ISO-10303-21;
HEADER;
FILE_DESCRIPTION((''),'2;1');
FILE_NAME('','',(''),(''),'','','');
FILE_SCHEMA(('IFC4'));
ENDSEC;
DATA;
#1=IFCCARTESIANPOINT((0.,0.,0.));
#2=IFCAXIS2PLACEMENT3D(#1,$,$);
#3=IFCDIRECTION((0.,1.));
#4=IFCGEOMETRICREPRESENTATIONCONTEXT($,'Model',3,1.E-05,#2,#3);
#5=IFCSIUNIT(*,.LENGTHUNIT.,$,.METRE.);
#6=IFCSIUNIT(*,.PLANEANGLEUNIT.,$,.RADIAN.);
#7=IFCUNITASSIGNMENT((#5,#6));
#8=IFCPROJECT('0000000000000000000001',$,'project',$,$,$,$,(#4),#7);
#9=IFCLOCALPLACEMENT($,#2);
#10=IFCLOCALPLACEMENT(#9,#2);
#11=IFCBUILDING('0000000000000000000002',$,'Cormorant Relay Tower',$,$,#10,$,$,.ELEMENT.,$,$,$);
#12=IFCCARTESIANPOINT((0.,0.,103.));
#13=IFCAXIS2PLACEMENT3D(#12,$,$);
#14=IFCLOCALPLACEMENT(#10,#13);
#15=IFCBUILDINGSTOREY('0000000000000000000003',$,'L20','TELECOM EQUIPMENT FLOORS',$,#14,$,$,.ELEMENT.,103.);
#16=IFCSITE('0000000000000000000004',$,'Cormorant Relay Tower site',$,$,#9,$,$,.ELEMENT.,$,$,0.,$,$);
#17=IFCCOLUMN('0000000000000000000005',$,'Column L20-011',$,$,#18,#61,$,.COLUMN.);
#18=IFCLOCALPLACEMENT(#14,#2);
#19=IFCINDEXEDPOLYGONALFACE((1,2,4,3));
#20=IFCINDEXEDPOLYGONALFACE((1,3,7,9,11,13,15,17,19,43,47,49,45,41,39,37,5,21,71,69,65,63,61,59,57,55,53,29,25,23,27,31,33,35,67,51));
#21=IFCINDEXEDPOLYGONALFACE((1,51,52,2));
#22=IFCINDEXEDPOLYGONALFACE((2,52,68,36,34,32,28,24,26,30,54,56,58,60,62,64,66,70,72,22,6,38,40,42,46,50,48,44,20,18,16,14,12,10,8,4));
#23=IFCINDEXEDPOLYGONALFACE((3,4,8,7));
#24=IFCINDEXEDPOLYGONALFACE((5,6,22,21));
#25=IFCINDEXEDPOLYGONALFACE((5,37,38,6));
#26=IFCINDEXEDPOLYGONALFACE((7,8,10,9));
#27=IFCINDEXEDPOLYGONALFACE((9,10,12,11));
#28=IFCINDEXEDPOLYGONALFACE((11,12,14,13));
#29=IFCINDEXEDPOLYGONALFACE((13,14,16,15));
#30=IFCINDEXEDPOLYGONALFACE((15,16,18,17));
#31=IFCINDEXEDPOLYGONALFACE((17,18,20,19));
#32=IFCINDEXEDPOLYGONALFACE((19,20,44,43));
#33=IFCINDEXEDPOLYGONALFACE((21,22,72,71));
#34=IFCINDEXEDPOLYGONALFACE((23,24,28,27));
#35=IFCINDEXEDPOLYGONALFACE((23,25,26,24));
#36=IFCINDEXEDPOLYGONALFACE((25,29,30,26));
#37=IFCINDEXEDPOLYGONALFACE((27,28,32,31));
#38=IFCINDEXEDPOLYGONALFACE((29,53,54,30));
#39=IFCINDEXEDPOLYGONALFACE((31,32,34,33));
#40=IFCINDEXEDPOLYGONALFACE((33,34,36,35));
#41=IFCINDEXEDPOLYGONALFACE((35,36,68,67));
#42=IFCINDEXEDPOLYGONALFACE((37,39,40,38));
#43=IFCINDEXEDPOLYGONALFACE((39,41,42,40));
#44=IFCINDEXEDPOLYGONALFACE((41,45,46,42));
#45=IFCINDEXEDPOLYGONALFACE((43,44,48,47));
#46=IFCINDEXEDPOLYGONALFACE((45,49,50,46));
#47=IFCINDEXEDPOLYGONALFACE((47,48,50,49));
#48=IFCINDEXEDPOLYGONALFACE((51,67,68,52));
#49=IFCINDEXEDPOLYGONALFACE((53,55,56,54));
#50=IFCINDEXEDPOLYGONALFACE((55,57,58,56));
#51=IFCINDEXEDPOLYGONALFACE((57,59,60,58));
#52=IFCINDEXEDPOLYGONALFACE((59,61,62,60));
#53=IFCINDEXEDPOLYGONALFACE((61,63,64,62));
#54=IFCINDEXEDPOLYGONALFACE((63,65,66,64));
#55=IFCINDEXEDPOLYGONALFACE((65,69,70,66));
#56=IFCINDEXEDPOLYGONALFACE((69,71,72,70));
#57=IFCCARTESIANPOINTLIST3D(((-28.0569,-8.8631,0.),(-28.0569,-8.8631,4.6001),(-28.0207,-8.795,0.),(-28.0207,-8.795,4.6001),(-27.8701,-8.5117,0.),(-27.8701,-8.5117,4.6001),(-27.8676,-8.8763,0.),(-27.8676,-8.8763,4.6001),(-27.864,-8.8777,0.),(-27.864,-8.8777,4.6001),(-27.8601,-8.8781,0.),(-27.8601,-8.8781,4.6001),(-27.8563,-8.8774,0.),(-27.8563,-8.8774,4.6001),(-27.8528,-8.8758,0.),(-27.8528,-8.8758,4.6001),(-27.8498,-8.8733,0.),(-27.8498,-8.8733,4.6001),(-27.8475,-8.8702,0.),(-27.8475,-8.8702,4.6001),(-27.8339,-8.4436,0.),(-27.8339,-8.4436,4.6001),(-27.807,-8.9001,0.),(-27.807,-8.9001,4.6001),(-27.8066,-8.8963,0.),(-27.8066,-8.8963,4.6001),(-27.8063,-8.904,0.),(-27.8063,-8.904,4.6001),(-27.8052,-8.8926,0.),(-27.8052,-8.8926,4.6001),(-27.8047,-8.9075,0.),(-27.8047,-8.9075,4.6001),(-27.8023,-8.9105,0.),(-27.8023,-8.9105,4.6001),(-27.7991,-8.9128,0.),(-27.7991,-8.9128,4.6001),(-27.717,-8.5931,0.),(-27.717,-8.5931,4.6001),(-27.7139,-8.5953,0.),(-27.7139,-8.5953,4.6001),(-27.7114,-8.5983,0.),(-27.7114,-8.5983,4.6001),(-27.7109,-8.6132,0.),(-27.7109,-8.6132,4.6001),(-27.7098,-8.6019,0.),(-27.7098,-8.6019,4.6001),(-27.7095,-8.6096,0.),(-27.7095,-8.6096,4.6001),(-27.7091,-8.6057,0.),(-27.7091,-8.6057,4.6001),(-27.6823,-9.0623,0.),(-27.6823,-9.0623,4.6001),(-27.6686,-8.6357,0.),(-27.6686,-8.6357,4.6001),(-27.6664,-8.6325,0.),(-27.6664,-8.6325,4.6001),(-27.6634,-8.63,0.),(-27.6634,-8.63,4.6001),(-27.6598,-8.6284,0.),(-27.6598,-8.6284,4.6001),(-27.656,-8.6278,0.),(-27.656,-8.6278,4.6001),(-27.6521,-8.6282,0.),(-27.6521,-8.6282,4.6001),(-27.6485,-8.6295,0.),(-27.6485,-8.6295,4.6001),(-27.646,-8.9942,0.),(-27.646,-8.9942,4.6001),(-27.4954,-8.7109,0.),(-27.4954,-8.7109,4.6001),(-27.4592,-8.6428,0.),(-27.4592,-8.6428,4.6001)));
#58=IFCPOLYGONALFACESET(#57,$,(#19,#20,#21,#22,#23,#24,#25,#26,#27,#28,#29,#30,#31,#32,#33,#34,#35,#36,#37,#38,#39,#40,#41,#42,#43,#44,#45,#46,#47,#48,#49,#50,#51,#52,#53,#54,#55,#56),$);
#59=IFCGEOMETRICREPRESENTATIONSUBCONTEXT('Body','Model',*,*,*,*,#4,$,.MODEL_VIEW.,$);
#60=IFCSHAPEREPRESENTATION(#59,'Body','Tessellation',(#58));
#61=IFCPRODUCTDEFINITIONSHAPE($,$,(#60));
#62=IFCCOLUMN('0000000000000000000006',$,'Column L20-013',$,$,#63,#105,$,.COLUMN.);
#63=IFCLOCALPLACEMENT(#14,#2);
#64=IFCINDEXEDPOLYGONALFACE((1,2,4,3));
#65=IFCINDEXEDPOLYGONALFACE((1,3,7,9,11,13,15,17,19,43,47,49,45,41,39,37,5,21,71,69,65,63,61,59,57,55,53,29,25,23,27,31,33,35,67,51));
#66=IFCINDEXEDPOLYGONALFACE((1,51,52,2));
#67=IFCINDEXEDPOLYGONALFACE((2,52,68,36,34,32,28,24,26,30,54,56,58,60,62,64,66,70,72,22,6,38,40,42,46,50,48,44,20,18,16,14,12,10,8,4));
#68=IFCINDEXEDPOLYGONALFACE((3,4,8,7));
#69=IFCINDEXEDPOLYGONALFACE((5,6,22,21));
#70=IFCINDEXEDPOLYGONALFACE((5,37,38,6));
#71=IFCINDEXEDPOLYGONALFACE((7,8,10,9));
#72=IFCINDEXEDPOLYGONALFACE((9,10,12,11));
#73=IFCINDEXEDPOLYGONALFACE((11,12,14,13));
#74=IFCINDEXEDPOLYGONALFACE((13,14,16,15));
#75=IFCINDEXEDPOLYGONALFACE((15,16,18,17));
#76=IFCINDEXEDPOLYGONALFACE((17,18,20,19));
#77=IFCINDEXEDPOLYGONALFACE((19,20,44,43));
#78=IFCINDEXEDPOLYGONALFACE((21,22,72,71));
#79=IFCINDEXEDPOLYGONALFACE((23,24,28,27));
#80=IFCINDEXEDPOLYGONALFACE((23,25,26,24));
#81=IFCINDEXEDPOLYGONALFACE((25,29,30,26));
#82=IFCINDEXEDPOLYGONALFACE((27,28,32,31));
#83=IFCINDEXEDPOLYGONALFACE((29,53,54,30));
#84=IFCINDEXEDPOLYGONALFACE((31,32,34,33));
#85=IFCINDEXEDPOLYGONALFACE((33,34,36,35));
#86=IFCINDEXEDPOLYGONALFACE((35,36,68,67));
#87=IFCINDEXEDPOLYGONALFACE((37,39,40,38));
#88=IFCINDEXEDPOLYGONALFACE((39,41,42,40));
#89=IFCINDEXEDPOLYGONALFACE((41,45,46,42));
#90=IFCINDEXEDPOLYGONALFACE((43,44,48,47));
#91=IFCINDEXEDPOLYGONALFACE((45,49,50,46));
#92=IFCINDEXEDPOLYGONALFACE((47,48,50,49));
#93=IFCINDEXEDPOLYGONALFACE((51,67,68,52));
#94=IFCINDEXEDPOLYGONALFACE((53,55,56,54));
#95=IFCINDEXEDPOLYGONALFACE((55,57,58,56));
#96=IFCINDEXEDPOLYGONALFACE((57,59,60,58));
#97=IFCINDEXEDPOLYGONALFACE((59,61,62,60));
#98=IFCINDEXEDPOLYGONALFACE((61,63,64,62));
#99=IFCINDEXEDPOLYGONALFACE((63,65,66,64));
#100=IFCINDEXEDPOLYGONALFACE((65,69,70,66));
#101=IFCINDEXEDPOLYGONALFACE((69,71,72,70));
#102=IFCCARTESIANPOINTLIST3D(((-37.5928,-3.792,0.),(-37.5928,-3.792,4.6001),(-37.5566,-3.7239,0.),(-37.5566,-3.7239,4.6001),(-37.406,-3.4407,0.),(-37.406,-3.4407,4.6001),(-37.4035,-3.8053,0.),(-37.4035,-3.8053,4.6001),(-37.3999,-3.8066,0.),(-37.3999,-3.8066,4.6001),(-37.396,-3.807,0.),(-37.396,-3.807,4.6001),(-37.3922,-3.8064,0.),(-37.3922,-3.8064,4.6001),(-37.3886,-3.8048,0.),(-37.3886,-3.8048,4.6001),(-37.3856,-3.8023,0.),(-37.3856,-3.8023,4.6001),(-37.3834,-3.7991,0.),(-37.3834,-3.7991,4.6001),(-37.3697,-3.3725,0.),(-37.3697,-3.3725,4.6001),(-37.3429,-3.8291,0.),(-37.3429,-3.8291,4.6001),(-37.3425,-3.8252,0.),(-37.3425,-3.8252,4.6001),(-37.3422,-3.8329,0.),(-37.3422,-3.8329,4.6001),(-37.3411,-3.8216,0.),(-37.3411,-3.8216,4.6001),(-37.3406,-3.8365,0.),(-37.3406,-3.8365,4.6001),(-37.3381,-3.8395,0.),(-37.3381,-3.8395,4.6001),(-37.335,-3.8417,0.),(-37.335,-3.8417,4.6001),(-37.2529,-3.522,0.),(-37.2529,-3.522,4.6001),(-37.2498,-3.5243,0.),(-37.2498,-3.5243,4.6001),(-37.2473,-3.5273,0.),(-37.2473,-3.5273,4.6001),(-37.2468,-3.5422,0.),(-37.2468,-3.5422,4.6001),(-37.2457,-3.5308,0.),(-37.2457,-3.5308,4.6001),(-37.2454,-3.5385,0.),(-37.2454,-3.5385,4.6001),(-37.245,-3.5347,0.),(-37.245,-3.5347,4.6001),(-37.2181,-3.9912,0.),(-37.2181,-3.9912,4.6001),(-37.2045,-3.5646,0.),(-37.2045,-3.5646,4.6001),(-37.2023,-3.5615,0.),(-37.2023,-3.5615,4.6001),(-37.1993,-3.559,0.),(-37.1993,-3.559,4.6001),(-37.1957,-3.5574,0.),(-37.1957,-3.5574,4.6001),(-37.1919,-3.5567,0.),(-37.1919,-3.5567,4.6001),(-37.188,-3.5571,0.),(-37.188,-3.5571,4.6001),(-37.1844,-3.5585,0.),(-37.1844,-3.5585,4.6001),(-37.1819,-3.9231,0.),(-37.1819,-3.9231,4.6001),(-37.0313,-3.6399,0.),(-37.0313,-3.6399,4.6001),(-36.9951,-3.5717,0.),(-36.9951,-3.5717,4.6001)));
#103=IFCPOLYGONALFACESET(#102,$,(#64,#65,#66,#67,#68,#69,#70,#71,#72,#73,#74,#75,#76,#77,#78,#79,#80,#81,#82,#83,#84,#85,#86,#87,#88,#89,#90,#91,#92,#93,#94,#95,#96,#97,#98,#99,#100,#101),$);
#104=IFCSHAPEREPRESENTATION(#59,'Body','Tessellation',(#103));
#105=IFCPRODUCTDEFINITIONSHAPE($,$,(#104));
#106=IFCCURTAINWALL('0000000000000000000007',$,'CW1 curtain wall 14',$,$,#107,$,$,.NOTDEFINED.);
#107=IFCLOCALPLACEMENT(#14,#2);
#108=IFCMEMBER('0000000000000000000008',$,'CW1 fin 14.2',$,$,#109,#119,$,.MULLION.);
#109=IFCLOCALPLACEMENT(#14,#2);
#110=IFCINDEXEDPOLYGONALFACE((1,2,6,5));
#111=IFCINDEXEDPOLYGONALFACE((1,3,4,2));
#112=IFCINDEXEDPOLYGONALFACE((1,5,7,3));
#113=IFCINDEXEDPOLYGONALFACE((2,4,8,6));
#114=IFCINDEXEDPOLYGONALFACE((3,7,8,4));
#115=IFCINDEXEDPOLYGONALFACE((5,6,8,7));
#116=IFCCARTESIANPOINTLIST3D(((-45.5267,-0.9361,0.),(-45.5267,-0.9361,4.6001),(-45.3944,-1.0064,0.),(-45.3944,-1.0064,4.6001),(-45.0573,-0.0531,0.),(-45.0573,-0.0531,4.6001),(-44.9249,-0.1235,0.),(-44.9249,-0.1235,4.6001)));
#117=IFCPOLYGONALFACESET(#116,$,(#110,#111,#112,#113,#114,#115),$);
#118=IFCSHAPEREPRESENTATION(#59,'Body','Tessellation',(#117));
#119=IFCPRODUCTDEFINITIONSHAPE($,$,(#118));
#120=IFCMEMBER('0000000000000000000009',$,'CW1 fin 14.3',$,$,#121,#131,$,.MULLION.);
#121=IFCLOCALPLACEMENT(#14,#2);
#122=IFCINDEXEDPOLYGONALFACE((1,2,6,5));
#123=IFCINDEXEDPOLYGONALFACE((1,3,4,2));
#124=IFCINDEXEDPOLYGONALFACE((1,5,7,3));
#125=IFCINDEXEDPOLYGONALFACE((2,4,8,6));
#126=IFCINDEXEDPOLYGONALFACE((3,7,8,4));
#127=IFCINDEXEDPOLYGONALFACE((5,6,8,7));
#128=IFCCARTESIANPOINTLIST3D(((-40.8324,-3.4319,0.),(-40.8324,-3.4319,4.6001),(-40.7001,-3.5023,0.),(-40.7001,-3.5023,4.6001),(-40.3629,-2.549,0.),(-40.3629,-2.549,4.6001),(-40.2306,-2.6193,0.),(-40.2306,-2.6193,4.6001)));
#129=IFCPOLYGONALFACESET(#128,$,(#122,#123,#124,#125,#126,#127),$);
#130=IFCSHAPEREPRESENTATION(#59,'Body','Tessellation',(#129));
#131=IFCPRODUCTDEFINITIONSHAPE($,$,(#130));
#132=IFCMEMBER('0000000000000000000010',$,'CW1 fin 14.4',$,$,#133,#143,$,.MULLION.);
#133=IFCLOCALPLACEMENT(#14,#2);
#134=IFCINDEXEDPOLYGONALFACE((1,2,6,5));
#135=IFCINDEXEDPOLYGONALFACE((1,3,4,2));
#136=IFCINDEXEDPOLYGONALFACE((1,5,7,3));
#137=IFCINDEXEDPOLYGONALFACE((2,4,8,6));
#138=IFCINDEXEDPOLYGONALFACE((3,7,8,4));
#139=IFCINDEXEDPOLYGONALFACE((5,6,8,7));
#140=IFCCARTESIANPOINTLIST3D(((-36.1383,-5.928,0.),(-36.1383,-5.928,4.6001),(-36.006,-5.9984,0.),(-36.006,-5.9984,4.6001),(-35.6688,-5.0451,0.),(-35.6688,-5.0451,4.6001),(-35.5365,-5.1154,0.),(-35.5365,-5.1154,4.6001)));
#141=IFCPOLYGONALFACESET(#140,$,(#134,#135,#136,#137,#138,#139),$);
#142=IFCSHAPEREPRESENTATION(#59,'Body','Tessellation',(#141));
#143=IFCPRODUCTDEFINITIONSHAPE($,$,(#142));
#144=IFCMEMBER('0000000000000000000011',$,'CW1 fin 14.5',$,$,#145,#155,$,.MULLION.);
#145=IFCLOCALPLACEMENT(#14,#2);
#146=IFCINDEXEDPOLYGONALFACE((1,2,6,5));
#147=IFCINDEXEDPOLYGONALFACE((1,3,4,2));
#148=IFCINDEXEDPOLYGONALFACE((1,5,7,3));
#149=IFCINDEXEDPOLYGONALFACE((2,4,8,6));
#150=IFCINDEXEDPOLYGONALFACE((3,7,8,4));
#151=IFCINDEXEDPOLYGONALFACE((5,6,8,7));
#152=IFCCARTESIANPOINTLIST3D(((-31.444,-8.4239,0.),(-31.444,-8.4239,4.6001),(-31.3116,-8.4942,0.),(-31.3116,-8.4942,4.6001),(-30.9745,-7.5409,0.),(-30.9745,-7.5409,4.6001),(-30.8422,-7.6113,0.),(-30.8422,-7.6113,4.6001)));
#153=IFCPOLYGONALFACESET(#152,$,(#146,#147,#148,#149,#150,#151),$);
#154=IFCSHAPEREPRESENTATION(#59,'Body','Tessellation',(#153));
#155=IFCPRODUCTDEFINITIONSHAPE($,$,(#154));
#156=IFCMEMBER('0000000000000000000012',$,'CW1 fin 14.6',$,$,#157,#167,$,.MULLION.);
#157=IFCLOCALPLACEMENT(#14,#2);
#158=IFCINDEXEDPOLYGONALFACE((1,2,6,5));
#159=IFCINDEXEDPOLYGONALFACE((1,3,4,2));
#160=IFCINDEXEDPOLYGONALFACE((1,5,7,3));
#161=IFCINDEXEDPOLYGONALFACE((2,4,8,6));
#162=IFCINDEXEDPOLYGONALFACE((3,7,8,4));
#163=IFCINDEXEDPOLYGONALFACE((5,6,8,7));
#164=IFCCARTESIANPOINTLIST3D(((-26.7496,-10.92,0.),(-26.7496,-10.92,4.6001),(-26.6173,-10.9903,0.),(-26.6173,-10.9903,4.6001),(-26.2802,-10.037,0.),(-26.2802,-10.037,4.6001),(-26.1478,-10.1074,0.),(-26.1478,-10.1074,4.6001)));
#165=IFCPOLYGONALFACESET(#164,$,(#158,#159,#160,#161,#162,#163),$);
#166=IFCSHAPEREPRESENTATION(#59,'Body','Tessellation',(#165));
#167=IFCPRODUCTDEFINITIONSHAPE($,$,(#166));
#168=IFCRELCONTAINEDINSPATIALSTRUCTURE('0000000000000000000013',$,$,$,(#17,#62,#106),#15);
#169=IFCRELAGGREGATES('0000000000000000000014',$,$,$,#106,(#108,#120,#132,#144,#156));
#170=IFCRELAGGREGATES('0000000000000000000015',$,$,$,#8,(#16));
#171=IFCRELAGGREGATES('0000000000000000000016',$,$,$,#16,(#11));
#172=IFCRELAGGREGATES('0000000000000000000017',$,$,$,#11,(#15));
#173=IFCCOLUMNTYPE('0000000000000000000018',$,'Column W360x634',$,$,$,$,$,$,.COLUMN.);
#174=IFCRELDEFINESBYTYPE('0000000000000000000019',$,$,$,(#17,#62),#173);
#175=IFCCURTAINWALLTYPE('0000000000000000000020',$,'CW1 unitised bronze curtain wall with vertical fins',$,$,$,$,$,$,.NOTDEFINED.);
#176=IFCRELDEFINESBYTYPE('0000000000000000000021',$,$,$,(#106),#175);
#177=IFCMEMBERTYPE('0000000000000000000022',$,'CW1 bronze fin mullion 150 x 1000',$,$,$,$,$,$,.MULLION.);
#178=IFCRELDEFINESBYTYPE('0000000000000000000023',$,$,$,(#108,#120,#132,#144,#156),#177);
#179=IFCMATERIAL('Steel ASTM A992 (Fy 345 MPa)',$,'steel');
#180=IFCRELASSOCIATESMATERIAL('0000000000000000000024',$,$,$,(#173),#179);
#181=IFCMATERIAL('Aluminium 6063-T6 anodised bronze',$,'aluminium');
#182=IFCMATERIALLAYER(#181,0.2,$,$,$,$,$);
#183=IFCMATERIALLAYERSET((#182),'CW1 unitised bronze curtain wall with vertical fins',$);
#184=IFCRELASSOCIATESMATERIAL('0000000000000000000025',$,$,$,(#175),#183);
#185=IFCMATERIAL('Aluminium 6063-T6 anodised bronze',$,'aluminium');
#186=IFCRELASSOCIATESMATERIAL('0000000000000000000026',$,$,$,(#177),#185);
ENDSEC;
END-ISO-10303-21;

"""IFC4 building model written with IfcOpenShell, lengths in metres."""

from ifc_helpers import new_model, si_unit, direction, frame, origin, origin_2d, place, context, subcontext, project, spatial, rectangle, i_section, extrude, material, layer, layer_set, material_profile, profile_set, type_object, element, aggregate, save


model = new_model("IFC4")

# Units and contexts
model_context = context("Model", 3, precision=1e-05, world=origin(), true_north=direction((0.0, 1.0)))
body_context = subcontext(model_context, "Body", "Model", "MODEL_VIEW")
ifc_project = project(units=[si_unit("LENGTHUNIT", "METRE"), si_unit("PLANEANGLEUNIT", "RADIAN")], contexts=[model_context])

# Site, building, storey
site_placement = place(None, origin())
site = spatial("IfcSite", under=ifc_project, at=site_placement, Name="Cormorant Relay Tower site", CompositionType="ELEMENT", RefElevation=0.0)
building_placement = place(site_placement, origin())
building = spatial("IfcBuilding", under=site, at=building_placement, Name="Cormorant Relay Tower", CompositionType="ELEMENT")
storey_placement = place(building_placement, frame((0.0, 0.0, 103.0)))
storey = spatial("IfcBuildingStorey", under=building, at=storey_placement, Name="L20", Description="TELECOM EQUIPMENT FLOORS", CompositionType="ELEMENT", Elevation=103.0)

# Columns
ifc_material_1 = material(Name="Steel ASTM A992 (Fy 345 MPa)", Category="steel")
ifc_material_profile_1 = material_profile(ifc_material_1, i_section(OverallWidth=0.4243, OverallDepth=0.4751, WebThickness=0.0479, FlangeThickness=0.0771, FilletRadius=0.0149, at=origin_2d()), Name="W360x634")
ifc_profile_set_1 = profile_set([ifc_material_profile_1], Name="Steel ASTM A992 (Fy 345 MPa)")
column_type = type_object("IfcColumnType", Name="Column W360x634", PredefinedType="COLUMN", material=ifc_profile_set_1)
for number, where, z_axis, x_axis, name in (
    (1, (-27.7581, -8.7529, 0.0), (0.0, 0.0, 1.0), (0.882948, -0.469472, 0.0), "Column L20-011"),
    (2, (-37.2939, -3.6819, 0.0), (0.0, 0.0, 1.0), (0.882948, -0.469472, 0.0), "Column L20-013"),
):
    element("IfcColumn", number, at=place(storey_placement, frame(where, z_axis=z_axis, x_axis=x_axis)), inside=storey, type_object=column_type, Name=name, PredefinedType="COLUMN", context=body_context, shape_type="SweptSolid", body=[
        extrude(i_section(OverallWidth=0.4243, OverallDepth=0.4751, WebThickness=0.0479, FlangeThickness=0.0771, FilletRadius=0.0149, at=origin_2d()), origin(), (0.0, 0.0, 1.0), 4.6001),
    ])

# Curtain wall, members
ifc_material_2 = material(Name="Aluminium 6063-T6 anodised bronze", Category="aluminium")
ifc_layer_1 = layer(ifc_material_2, 0.2)
ifc_layer_set_1 = layer_set([ifc_layer_1], Name="CW1 unitised bronze curtain wall with vertical fins")
curtain_wall_type = type_object("IfcCurtainWallType", Name="CW1 unitised bronze curtain wall with vertical fins", PredefinedType="NOTDEFINED", material=ifc_layer_set_1)
curtain_wall_placement = place(storey_placement, origin())
curtain_wall = element("IfcCurtainWall", 3, at=curtain_wall_placement, inside=storey, type_object=curtain_wall_type, Name="CW1 curtain wall 14", PredefinedType="NOTDEFINED")
ifc_material_3 = material(Name="Aluminium 6063-T6 anodised bronze", Category="aluminium")
ifc_material_profile_2 = material_profile(ifc_material_3, rectangle(XDim=0.1499, YDim=1.0, at=origin_2d()), Name="AL 150x1000")
ifc_profile_set_2 = profile_set([ifc_material_profile_2], Name="Aluminium 6063-T6 anodised bronze")
member_type = type_object("IfcMemberType", Name="CW1 bronze fin mullion 150 x 1000", PredefinedType="MULLION", material=ifc_profile_set_2)
member_1_placement = place(storey_placement, frame((-45.2258, -0.5298, 0.0), z_axis=(0.0, 0.0, 1.0), x_axis=(0.882948, -0.469472, 0.0)))
member_1 = element("IfcMember", 4, at=member_1_placement, type_object=member_type, Name="CW1 fin 14.2", PredefinedType="MULLION", context=body_context, shape_type="SweptSolid", body=[
    extrude(rectangle(XDim=0.1499, YDim=1.0, at=origin_2d()), origin(), (0.0, 0.0, 1.0), 4.6001),
])
member_2_placement = place(storey_placement, frame((-40.5315, -3.0256, 0.0), z_axis=(0.0, 0.0, 1.0), x_axis=(0.882948, -0.469472, 0.0)))
member_2 = element("IfcMember", 5, at=member_2_placement, type_object=member_type, Name="CW1 fin 14.3", PredefinedType="MULLION", context=body_context, shape_type="SweptSolid", body=[
    extrude(rectangle(XDim=0.1499, YDim=1.0, at=origin_2d()), origin(), (0.0, 0.0, 1.0), 4.6001),
])
member_3_placement = place(storey_placement, frame((-35.8374, -5.5217, 0.0), z_axis=(0.0, 0.0, 1.0), x_axis=(0.882948, -0.469472, 0.0)))
member_3 = element("IfcMember", 6, at=member_3_placement, type_object=member_type, Name="CW1 fin 14.4", PredefinedType="MULLION", context=body_context, shape_type="SweptSolid", body=[
    extrude(rectangle(XDim=0.1499, YDim=1.0, at=origin_2d()), origin(), (0.0, 0.0, 1.0), 4.6001),
])
member_4_placement = place(storey_placement, frame((-31.1431, -8.0176, 0.0), z_axis=(0.0, 0.0, 1.0), x_axis=(0.882948, -0.469472, 0.0)))
member_4 = element("IfcMember", 7, at=member_4_placement, type_object=member_type, Name="CW1 fin 14.5", PredefinedType="MULLION", context=body_context, shape_type="SweptSolid", body=[
    extrude(rectangle(XDim=0.1499, YDim=1.0, at=origin_2d()), origin(), (0.0, 0.0, 1.0), 4.6001),
])
member_5_placement = place(storey_placement, frame((-26.4487, -10.5137, 0.0), z_axis=(0.0, 0.0, 1.0), x_axis=(0.882948, -0.469472, 0.0)))
member_5 = element("IfcMember", 8, at=member_5_placement, type_object=member_type, Name="CW1 fin 14.6", PredefinedType="MULLION", context=body_context, shape_type="SweptSolid", body=[
    extrude(rectangle(XDim=0.1499, YDim=1.0, at=origin_2d()), origin(), (0.0, 0.0, 1.0), 4.6001),
])

aggregate(curtain_wall, [member_1, member_2, member_3, member_4, member_5])

save(model, "model.ifc")
